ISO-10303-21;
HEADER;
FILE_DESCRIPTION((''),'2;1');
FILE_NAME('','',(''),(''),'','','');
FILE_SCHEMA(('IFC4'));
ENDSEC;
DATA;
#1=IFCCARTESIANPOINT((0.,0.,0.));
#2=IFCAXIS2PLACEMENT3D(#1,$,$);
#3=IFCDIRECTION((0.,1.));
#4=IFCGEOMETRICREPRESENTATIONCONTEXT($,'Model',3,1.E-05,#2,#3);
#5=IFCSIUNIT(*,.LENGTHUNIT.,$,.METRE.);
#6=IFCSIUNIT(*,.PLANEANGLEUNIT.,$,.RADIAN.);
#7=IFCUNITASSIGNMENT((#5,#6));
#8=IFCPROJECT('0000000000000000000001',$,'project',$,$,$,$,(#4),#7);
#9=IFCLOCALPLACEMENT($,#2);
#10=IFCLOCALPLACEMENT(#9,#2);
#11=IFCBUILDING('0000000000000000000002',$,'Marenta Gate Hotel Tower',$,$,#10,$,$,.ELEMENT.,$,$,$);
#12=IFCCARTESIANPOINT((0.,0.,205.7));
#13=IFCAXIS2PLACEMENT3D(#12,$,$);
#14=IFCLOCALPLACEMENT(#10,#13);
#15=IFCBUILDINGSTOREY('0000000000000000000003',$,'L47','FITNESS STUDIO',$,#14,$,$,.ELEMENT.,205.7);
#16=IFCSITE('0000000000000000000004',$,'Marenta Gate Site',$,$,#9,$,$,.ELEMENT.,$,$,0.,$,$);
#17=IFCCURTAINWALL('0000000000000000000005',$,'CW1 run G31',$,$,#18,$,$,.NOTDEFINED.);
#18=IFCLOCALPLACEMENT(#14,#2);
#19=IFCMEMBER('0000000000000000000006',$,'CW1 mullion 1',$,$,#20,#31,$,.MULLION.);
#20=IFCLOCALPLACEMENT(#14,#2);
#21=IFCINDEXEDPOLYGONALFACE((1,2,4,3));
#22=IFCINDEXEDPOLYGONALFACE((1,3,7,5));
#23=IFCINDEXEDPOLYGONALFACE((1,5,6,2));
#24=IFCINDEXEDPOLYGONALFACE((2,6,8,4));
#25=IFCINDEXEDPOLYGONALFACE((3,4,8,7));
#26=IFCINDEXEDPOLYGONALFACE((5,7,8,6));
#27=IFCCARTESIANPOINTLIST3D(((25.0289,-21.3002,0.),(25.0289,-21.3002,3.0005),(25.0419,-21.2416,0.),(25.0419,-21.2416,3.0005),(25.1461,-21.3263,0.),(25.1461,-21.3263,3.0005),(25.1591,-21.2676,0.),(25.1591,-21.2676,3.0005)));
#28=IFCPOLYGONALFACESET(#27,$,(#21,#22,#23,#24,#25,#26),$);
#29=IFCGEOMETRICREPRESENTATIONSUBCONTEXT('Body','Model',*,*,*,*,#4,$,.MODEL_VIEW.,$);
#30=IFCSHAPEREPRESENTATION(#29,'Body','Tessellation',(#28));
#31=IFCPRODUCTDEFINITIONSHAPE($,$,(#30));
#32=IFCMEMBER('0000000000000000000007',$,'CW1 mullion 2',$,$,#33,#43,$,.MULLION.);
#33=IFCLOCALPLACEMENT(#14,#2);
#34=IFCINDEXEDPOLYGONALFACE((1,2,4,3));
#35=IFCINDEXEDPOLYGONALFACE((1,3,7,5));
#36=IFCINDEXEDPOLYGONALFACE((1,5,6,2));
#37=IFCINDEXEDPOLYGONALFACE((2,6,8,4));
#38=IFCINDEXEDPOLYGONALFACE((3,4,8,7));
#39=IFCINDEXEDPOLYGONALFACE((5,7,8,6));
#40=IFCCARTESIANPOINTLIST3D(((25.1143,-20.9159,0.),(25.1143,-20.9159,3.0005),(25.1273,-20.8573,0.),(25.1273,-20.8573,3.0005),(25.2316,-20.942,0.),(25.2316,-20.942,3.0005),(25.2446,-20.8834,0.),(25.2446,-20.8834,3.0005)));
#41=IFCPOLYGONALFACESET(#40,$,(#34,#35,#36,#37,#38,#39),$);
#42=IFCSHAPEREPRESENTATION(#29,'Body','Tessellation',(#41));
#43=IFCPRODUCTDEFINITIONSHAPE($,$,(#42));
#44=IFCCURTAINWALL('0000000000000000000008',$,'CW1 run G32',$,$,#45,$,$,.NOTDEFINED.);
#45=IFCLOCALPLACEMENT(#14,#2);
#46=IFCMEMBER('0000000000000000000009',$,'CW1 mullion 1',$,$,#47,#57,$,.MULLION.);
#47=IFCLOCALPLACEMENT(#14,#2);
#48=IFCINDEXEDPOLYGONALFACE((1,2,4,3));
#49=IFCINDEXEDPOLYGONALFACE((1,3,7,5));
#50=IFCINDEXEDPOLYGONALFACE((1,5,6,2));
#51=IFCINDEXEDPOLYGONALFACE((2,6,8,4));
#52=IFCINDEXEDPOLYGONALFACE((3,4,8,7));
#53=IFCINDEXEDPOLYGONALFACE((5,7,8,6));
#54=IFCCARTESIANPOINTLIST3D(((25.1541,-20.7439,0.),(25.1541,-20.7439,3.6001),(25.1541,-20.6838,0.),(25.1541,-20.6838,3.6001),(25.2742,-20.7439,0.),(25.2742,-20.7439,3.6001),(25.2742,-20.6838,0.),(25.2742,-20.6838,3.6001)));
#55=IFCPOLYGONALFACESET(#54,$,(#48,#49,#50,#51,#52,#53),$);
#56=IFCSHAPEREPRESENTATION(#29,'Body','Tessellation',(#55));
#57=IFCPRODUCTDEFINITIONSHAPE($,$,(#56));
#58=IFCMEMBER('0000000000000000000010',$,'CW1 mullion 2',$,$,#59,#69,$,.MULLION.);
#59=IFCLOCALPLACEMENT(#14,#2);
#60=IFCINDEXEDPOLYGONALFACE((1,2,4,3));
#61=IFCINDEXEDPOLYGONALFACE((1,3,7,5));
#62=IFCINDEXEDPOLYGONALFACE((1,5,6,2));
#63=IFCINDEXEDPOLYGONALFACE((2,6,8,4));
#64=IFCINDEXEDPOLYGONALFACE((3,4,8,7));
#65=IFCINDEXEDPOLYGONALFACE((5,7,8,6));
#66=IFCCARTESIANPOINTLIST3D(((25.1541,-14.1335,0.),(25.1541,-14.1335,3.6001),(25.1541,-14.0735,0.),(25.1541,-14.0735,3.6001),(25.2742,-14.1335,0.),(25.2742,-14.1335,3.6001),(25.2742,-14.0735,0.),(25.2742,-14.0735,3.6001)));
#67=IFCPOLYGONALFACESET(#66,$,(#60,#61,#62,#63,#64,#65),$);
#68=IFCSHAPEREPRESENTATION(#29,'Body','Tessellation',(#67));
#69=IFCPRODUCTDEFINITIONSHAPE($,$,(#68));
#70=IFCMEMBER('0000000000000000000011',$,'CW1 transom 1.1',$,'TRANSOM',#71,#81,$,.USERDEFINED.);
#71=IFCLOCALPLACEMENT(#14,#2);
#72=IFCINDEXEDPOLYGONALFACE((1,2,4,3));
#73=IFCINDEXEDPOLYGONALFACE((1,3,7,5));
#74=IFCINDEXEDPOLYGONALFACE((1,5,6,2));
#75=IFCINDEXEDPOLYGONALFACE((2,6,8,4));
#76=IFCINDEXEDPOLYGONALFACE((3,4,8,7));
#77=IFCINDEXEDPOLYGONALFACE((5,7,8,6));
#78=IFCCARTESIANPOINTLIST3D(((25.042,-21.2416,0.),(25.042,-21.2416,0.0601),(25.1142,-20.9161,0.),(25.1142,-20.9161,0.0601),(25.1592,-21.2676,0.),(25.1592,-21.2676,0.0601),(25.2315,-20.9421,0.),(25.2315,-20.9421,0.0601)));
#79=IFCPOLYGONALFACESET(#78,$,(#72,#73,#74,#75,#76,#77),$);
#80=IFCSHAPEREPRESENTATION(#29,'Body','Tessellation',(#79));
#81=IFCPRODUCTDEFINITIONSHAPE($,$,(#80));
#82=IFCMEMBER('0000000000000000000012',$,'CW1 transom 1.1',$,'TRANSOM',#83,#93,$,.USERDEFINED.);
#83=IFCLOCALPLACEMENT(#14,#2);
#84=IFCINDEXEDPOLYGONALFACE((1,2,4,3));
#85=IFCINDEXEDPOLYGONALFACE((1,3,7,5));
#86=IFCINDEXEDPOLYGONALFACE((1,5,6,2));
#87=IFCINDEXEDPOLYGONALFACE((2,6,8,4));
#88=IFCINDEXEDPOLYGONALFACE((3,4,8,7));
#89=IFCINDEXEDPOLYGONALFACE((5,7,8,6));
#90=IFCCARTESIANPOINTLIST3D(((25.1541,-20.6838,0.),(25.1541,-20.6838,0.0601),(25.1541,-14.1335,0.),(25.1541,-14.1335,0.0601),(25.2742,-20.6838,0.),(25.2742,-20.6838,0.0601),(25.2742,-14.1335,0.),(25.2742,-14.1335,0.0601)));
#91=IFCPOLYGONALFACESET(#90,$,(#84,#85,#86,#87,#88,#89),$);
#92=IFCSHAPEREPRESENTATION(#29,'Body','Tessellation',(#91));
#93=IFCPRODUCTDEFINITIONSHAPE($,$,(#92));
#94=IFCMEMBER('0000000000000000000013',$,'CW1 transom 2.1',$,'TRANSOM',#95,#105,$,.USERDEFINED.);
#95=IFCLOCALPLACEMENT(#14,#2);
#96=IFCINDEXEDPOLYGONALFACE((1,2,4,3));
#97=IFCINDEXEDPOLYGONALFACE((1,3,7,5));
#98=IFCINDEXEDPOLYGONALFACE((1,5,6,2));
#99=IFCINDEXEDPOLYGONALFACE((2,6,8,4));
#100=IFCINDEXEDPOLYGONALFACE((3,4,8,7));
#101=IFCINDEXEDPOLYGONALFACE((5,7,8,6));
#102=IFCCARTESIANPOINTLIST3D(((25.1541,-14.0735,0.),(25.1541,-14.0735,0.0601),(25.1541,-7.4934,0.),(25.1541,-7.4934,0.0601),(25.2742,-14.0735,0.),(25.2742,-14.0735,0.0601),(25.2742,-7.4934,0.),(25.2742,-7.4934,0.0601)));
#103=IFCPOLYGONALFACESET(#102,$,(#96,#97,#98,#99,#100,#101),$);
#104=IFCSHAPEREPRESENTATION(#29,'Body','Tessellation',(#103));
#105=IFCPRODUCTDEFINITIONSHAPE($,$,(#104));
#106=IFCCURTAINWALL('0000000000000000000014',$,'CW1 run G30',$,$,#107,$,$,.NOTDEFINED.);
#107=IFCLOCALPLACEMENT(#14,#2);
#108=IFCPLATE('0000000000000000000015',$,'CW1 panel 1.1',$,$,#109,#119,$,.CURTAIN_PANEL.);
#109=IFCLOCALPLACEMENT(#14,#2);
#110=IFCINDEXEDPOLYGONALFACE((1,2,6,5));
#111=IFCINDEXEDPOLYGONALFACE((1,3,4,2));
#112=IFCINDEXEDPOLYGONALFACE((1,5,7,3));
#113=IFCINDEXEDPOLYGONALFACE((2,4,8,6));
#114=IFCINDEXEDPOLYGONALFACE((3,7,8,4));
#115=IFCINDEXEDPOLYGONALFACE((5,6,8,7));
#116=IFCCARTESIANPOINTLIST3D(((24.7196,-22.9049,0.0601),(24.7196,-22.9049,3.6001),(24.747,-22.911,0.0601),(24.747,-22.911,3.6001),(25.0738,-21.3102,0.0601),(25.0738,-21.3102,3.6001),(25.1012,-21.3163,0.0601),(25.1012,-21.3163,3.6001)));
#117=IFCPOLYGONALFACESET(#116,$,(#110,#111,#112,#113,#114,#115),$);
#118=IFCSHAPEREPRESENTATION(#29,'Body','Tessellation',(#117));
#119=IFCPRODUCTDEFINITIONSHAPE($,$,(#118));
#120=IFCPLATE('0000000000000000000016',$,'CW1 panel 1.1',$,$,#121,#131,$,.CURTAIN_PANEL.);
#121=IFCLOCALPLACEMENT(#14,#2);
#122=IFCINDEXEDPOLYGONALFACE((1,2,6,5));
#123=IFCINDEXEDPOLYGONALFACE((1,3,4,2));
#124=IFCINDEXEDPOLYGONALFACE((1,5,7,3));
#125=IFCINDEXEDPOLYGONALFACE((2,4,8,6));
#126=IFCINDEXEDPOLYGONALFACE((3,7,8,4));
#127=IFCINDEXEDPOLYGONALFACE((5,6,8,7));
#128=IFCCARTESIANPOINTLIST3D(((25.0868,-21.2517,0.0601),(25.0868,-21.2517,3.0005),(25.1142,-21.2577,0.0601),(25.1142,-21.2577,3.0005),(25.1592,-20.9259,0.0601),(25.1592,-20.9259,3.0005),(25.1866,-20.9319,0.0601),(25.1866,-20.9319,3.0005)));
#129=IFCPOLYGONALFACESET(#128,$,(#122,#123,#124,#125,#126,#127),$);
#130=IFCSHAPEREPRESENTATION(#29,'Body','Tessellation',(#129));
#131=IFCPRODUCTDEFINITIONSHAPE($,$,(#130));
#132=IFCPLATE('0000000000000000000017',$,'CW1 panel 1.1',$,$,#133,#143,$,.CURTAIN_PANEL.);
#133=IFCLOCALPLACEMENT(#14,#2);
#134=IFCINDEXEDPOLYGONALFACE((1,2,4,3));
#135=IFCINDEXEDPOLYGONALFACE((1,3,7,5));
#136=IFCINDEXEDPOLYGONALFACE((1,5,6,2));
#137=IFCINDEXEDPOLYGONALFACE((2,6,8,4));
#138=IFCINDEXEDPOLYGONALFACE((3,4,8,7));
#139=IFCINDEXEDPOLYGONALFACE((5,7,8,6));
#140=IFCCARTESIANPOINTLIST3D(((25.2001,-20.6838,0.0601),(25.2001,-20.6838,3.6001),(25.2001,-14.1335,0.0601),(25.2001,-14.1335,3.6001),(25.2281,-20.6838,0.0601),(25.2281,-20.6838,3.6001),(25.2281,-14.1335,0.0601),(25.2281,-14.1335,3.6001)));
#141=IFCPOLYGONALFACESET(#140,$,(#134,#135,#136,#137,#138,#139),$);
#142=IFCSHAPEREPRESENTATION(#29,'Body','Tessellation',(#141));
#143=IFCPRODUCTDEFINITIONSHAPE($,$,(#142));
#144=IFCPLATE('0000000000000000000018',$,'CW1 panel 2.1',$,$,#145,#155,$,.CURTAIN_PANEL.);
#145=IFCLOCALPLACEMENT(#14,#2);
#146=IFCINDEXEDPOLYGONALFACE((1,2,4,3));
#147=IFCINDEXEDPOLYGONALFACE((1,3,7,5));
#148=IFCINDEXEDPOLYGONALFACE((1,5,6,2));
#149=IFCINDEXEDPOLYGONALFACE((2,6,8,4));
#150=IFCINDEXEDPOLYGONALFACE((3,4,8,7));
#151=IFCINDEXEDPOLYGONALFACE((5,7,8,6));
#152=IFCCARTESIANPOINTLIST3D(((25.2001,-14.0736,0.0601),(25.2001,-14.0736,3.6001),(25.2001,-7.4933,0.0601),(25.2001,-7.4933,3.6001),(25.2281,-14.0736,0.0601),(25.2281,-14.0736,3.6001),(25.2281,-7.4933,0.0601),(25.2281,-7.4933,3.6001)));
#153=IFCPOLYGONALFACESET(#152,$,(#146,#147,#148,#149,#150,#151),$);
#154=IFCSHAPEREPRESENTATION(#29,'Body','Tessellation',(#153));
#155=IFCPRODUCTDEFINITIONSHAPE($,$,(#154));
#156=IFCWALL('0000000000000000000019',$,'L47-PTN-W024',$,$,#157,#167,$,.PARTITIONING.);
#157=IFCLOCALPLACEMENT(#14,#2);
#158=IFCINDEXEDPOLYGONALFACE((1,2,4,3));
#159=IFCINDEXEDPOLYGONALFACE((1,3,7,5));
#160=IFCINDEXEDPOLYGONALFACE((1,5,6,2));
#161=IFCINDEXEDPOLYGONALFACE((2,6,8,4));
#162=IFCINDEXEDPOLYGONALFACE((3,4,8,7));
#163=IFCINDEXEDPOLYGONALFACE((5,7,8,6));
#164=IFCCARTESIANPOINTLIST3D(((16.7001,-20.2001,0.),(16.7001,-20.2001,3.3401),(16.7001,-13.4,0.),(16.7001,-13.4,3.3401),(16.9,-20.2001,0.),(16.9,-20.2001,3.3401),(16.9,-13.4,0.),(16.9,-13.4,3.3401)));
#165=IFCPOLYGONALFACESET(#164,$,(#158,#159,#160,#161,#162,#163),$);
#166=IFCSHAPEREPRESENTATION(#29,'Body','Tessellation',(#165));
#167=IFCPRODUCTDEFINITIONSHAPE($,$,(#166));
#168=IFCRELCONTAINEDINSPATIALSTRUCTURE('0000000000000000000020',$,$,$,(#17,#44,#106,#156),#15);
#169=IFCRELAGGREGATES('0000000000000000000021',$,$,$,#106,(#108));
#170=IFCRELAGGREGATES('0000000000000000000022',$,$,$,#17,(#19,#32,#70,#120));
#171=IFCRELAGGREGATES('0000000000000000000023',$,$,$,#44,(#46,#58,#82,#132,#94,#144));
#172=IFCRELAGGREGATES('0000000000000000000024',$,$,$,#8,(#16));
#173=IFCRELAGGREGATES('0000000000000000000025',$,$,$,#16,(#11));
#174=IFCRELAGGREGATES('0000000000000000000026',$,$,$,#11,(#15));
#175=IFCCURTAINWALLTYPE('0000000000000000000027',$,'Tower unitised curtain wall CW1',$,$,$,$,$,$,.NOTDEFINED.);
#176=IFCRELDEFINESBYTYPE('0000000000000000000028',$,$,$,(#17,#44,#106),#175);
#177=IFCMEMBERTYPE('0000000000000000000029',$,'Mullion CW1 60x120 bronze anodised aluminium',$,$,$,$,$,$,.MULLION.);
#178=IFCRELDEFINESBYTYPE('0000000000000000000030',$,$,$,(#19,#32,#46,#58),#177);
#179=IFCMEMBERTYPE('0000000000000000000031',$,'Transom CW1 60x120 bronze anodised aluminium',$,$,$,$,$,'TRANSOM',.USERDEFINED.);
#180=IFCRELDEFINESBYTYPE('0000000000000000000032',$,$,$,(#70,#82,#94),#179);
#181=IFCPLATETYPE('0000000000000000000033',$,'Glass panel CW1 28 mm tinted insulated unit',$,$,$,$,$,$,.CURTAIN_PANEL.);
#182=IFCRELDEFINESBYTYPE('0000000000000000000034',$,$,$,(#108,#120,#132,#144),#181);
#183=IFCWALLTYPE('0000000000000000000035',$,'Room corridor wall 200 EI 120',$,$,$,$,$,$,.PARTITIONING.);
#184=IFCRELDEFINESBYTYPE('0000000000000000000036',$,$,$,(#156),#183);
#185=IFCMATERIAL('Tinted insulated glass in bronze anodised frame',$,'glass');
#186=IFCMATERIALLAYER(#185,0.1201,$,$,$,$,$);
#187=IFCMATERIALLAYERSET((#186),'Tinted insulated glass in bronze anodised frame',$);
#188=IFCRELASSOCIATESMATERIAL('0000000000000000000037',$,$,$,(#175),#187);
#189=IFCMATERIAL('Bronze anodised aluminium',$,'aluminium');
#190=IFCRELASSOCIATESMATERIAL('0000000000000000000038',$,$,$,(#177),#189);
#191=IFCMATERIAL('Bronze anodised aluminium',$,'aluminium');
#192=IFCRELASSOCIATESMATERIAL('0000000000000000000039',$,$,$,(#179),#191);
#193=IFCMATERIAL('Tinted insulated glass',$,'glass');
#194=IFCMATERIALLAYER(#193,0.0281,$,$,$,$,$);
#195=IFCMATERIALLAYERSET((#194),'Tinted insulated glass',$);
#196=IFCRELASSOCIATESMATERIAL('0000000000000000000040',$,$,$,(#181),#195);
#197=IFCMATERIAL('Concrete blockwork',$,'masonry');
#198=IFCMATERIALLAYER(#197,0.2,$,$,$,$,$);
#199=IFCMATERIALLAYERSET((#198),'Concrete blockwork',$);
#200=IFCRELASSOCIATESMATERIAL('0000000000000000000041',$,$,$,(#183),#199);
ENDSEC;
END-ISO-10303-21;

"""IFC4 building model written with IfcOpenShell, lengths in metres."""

from ifc_helpers import new_model, si_unit, direction, frame, frame_2d, origin, origin_2d, place, context, subcontext, project, spatial, rectangle, extrude, material, layer, layer_set, material_profile, profile_set, type_object, element, aggregate, save


model = new_model("IFC4")

# Units and contexts
model_context = context("Model", 3, precision=1e-05, world=origin(), true_north=direction((0.0, 1.0)))
body_context = subcontext(model_context, "Body", "Model", "MODEL_VIEW")
ifc_project = project(units=[si_unit("LENGTHUNIT", "METRE"), si_unit("PLANEANGLEUNIT", "RADIAN")], contexts=[model_context])

# Site, building, storey
site_placement = place(None, origin())
site = spatial("IfcSite", under=ifc_project, at=site_placement, Name="Marenta Gate Site", CompositionType="ELEMENT", RefElevation=0.0)
building_placement = place(site_placement, origin())
building = spatial("IfcBuilding", under=site, at=building_placement, Name="Marenta Gate Hotel Tower", CompositionType="ELEMENT")
storey_placement = place(building_placement, frame((0.0, 0.0, 205.7)))
storey = spatial("IfcBuildingStorey", under=building, at=storey_placement, Name="L47", Description="FITNESS STUDIO", CompositionType="ELEMENT", Elevation=205.7)

# Curtain walls, members
ifc_material_1 = material(Name="Tinted insulated glass in bronze anodised frame", Category="glass")
ifc_layer_1 = layer(ifc_material_1, 0.1201)
ifc_layer_set_1 = layer_set([ifc_layer_1], Name="Tinted insulated glass in bronze anodised frame")
curtain_wall_type = type_object("IfcCurtainWallType", Name="Tower unitised curtain wall CW1", PredefinedType="NOTDEFINED", material=ifc_layer_set_1)
curtain_wall_1_placement = place(storey_placement, origin())
curtain_wall_1 = element("IfcCurtainWall", 1, at=curtain_wall_1_placement, inside=storey, type_object=curtain_wall_type, Name="CW1 run G31", PredefinedType="NOTDEFINED")
ifc_material_2 = material(Name="Bronze anodised aluminium", Category="aluminium")
ifc_material_profile_1 = material_profile(ifc_material_2, rectangle(XDim=0.1201, YDim=0.0601, at=origin_2d()), Name="Mullion CW1 60x120 bronze anodised aluminium")
ifc_profile_set_1 = profile_set([ifc_material_profile_1], Name="Bronze anodised aluminium")
member_type_1 = type_object("IfcMemberType", Name="Mullion CW1 60x120 bronze anodised aluminium", PredefinedType="MULLION", material=ifc_profile_set_1)
member_1_placement = place(storey_placement, frame((25.094, -21.2839, 0.0), z_axis=(0.0, 0.0, 1.0), x_axis=(-0.976197, 0.216884, 0.0)))
member_1 = element("IfcMember", 2, at=member_1_placement, type_object=member_type_1, Name="CW1 mullion 1", PredefinedType="MULLION", context=body_context, shape_type="SweptSolid", body=[
    extrude(rectangle(XDim=0.1201, YDim=0.0601, at=origin_2d()), origin(), (0.0, 0.0, 1.0), 3.0005),
])
member_2_placement = place(storey_placement, frame((25.1794, -20.8997, 0.0), z_axis=(0.0, 0.0, 1.0), x_axis=(-0.976197, 0.216884, 0.0)))
member_2 = element("IfcMember", 3, at=member_2_placement, type_object=member_type_1, Name="CW1 mullion 2", PredefinedType="MULLION", context=body_context, shape_type="SweptSolid", body=[
    extrude(rectangle(XDim=0.1201, YDim=0.0601, at=origin_2d()), origin(), (0.0, 0.0, 1.0), 3.0005),
])
curtain_wall_2_placement = place(storey_placement, origin())
curtain_wall_2 = element("IfcCurtainWall", 4, at=curtain_wall_2_placement, inside=storey, type_object=curtain_wall_type, Name="CW1 run G32", PredefinedType="NOTDEFINED")
member_3_placement = place(storey_placement, frame((25.2141, -20.7139, 0.0), z_axis=(0.0, 0.0, 1.0), x_axis=(-1.0, 0.0, 0.0)))
member_3 = element("IfcMember", 5, at=member_3_placement, type_object=member_type_1, Name="CW1 mullion 1", PredefinedType="MULLION", context=body_context, shape_type="SweptSolid", body=[
    extrude(rectangle(XDim=0.1201, YDim=0.0601, at=origin_2d()), origin(), (0.0, 0.0, 1.0), 3.6001),
])
member_4_placement = place(storey_placement, frame((25.2141, -14.1035, 0.0), z_axis=(0.0, 0.0, 1.0), x_axis=(-1.0, 0.0, 0.0)))
member_4 = element("IfcMember", 6, at=member_4_placement, type_object=member_type_1, Name="CW1 mullion 2", PredefinedType="MULLION", context=body_context, shape_type="SweptSolid", body=[
    extrude(rectangle(XDim=0.1201, YDim=0.0601, at=origin_2d()), origin(), (0.0, 0.0, 1.0), 3.6001),
])

# Members
ifc_material_3 = material(Name="Bronze anodised aluminium", Category="aluminium")
ifc_material_profile_2 = material_profile(ifc_material_3, rectangle(XDim=0.1201, YDim=0.0601, at=origin_2d()), Name="Transom CW1 60x120 bronze anodised aluminium")
ifc_profile_set_2 = profile_set([ifc_material_profile_2], Name="Bronze anodised aluminium")
member_type_2 = type_object("IfcMemberType", Name="Transom CW1 60x120 bronze anodised aluminium", ElementType="TRANSOM", PredefinedType="USERDEFINED", material=ifc_profile_set_2)
member_5_placement = place(storey_placement, frame((25.1006, -21.2546, 0.03), z_axis=(0.21662, 0.976256, 0.0), x_axis=(-0.976256, 0.21662, 0.0)))
member_5 = element("IfcMember", 7, at=member_5_placement, type_object=member_type_2, Name="CW1 transom 1.1", ObjectType="TRANSOM", PredefinedType="USERDEFINED", context=body_context, shape_type="SweptSolid", body=[
    extrude(rectangle(XDim=0.1201, YDim=0.0601, at=origin_2d()), origin(), (0.0, 0.0, 1.0), 0.3335),
])
member_6_placement = place(storey_placement, frame((25.2141, -20.6838, 0.03), z_axis=(0.0, 1.0, 0.0), x_axis=(-1.0, 0.0, 0.0)))
member_6 = element("IfcMember", 8, at=member_6_placement, type_object=member_type_2, Name="CW1 transom 1.1", ObjectType="TRANSOM", PredefinedType="USERDEFINED", context=body_context, shape_type="SweptSolid", body=[
    extrude(rectangle(XDim=0.1201, YDim=0.0601, at=origin_2d()), origin(), (0.0, 0.0, 1.0), 6.5503),
])
member_7_placement = place(storey_placement, frame((25.2141, -14.0735, 0.03), z_axis=(0.0, 1.0, 0.0), x_axis=(-1.0, 0.0, 0.0)))
member_7 = element("IfcMember", 9, at=member_7_placement, type_object=member_type_2, Name="CW1 transom 2.1", ObjectType="TRANSOM", PredefinedType="USERDEFINED", context=body_context, shape_type="SweptSolid", body=[
    extrude(rectangle(XDim=0.1201, YDim=0.0601, at=origin_2d()), origin(), (0.0, 0.0, 1.0), 6.5801),
])

# Curtain wall, plate
curtain_wall_3_placement = place(storey_placement, origin())
curtain_wall_3 = element("IfcCurtainWall", 10, at=curtain_wall_3_placement, inside=storey, type_object=curtain_wall_type, Name="CW1 run G30", PredefinedType="NOTDEFINED")
ifc_material_4 = material(Name="Tinted insulated glass", Category="glass")
ifc_layer_2 = layer(ifc_material_4, 0.0281)
ifc_layer_set_2 = layer_set([ifc_layer_2], Name="Tinted insulated glass")
plate_type = type_object("IfcPlateType", Name="Glass panel CW1 28 mm tinted insulated unit", PredefinedType="CURTAIN_PANEL", material=ifc_layer_set_2)
plate_1_placement = place(storey_placement, frame((24.9104, -22.1106, 0.0601), z_axis=(0.0, 0.0, 1.0), x_axis=(0.216818, 0.976212, 0.0)))
plate_1 = element("IfcPlate", 11, at=plate_1_placement, type_object=plate_type, Name="CW1 panel 1.1", PredefinedType="CURTAIN_PANEL", context=body_context, shape_type="SweptSolid", body=[
    extrude(rectangle(XDim=1.6335, YDim=0.0281, at=origin_2d()), origin(), (0.0, 0.0, 1.0), 3.54),
])
aggregate(curtain_wall_3, [plate_1])

# Plates
plate_2_placement = place(storey_placement, frame((25.1367, -21.0918, 0.0601), z_axis=(0.0, 0.0, 1.0), x_axis=(0.216884, 0.976197, 0.0)))
plate_2 = element("IfcPlate", 12, at=plate_2_placement, type_object=plate_type, Name="CW1 panel 1.1", PredefinedType="CURTAIN_PANEL", context=body_context, shape_type="SweptSolid", body=[
    extrude(rectangle(XDim=0.3337, YDim=0.0281, at=origin_2d()), origin(), (0.0, 0.0, 1.0), 2.9404),
])
aggregate(curtain_wall_1, [member_1, member_2, member_5, plate_2])
plate_3_placement = place(storey_placement, frame((25.2141, -17.4087, 0.0601), z_axis=(0.0, 0.0, 1.0), x_axis=(0.0, 1.0, 0.0)))
plate_3 = element("IfcPlate", 13, at=plate_3_placement, type_object=plate_type, Name="CW1 panel 1.1", PredefinedType="CURTAIN_PANEL", context=body_context, shape_type="SweptSolid", body=[
    extrude(rectangle(XDim=6.5503, YDim=0.0281, at=origin_2d()), origin(), (0.0, 0.0, 1.0), 3.54),
])
plate_4_placement = place(storey_placement, frame((25.2141, -10.7834, 0.0601), z_axis=(0.0, 0.0, 1.0), x_axis=(0.0, 1.0, 0.0)))
plate_4 = element("IfcPlate", 14, at=plate_4_placement, type_object=plate_type, Name="CW1 panel 2.1", PredefinedType="CURTAIN_PANEL", context=body_context, shape_type="SweptSolid", body=[
    extrude(rectangle(XDim=6.5803, YDim=0.0281, at=origin_2d()), origin(), (0.0, 0.0, 1.0), 3.54),
])
aggregate(curtain_wall_2, [member_3, member_4, member_6, plate_3, member_7, plate_4])

# Wall
ifc_material_5 = material(Name="Concrete blockwork", Category="masonry")
ifc_layer_3 = layer(ifc_material_5, 0.2)
ifc_layer_set_3 = layer_set([ifc_layer_3], Name="Concrete blockwork")
wall_type_1 = type_object("IfcWallType", Name="Room corridor wall 200 EI 120", PredefinedType="PARTITIONING", material=ifc_layer_set_3)
wall_1_placement = place(storey_placement, frame((16.8, -20.2, 0.0), z_axis=(0.0, 0.0, 1.0), x_axis=(0.0, 1.0, 0.0)))
element("IfcWall", 15, at=wall_1_placement, inside=storey, type_object=wall_type_1, Name="L47-PTN-W024", PredefinedType="PARTITIONING", context=body_context, shape_type="SweptSolid", body=[
    extrude(rectangle(XDim=6.8, YDim=0.2, at=frame_2d((3.3999, 0.0))), origin(), (0.0, 0.0, 1.0), 3.3401),
])

save(model, "model.ifc")
